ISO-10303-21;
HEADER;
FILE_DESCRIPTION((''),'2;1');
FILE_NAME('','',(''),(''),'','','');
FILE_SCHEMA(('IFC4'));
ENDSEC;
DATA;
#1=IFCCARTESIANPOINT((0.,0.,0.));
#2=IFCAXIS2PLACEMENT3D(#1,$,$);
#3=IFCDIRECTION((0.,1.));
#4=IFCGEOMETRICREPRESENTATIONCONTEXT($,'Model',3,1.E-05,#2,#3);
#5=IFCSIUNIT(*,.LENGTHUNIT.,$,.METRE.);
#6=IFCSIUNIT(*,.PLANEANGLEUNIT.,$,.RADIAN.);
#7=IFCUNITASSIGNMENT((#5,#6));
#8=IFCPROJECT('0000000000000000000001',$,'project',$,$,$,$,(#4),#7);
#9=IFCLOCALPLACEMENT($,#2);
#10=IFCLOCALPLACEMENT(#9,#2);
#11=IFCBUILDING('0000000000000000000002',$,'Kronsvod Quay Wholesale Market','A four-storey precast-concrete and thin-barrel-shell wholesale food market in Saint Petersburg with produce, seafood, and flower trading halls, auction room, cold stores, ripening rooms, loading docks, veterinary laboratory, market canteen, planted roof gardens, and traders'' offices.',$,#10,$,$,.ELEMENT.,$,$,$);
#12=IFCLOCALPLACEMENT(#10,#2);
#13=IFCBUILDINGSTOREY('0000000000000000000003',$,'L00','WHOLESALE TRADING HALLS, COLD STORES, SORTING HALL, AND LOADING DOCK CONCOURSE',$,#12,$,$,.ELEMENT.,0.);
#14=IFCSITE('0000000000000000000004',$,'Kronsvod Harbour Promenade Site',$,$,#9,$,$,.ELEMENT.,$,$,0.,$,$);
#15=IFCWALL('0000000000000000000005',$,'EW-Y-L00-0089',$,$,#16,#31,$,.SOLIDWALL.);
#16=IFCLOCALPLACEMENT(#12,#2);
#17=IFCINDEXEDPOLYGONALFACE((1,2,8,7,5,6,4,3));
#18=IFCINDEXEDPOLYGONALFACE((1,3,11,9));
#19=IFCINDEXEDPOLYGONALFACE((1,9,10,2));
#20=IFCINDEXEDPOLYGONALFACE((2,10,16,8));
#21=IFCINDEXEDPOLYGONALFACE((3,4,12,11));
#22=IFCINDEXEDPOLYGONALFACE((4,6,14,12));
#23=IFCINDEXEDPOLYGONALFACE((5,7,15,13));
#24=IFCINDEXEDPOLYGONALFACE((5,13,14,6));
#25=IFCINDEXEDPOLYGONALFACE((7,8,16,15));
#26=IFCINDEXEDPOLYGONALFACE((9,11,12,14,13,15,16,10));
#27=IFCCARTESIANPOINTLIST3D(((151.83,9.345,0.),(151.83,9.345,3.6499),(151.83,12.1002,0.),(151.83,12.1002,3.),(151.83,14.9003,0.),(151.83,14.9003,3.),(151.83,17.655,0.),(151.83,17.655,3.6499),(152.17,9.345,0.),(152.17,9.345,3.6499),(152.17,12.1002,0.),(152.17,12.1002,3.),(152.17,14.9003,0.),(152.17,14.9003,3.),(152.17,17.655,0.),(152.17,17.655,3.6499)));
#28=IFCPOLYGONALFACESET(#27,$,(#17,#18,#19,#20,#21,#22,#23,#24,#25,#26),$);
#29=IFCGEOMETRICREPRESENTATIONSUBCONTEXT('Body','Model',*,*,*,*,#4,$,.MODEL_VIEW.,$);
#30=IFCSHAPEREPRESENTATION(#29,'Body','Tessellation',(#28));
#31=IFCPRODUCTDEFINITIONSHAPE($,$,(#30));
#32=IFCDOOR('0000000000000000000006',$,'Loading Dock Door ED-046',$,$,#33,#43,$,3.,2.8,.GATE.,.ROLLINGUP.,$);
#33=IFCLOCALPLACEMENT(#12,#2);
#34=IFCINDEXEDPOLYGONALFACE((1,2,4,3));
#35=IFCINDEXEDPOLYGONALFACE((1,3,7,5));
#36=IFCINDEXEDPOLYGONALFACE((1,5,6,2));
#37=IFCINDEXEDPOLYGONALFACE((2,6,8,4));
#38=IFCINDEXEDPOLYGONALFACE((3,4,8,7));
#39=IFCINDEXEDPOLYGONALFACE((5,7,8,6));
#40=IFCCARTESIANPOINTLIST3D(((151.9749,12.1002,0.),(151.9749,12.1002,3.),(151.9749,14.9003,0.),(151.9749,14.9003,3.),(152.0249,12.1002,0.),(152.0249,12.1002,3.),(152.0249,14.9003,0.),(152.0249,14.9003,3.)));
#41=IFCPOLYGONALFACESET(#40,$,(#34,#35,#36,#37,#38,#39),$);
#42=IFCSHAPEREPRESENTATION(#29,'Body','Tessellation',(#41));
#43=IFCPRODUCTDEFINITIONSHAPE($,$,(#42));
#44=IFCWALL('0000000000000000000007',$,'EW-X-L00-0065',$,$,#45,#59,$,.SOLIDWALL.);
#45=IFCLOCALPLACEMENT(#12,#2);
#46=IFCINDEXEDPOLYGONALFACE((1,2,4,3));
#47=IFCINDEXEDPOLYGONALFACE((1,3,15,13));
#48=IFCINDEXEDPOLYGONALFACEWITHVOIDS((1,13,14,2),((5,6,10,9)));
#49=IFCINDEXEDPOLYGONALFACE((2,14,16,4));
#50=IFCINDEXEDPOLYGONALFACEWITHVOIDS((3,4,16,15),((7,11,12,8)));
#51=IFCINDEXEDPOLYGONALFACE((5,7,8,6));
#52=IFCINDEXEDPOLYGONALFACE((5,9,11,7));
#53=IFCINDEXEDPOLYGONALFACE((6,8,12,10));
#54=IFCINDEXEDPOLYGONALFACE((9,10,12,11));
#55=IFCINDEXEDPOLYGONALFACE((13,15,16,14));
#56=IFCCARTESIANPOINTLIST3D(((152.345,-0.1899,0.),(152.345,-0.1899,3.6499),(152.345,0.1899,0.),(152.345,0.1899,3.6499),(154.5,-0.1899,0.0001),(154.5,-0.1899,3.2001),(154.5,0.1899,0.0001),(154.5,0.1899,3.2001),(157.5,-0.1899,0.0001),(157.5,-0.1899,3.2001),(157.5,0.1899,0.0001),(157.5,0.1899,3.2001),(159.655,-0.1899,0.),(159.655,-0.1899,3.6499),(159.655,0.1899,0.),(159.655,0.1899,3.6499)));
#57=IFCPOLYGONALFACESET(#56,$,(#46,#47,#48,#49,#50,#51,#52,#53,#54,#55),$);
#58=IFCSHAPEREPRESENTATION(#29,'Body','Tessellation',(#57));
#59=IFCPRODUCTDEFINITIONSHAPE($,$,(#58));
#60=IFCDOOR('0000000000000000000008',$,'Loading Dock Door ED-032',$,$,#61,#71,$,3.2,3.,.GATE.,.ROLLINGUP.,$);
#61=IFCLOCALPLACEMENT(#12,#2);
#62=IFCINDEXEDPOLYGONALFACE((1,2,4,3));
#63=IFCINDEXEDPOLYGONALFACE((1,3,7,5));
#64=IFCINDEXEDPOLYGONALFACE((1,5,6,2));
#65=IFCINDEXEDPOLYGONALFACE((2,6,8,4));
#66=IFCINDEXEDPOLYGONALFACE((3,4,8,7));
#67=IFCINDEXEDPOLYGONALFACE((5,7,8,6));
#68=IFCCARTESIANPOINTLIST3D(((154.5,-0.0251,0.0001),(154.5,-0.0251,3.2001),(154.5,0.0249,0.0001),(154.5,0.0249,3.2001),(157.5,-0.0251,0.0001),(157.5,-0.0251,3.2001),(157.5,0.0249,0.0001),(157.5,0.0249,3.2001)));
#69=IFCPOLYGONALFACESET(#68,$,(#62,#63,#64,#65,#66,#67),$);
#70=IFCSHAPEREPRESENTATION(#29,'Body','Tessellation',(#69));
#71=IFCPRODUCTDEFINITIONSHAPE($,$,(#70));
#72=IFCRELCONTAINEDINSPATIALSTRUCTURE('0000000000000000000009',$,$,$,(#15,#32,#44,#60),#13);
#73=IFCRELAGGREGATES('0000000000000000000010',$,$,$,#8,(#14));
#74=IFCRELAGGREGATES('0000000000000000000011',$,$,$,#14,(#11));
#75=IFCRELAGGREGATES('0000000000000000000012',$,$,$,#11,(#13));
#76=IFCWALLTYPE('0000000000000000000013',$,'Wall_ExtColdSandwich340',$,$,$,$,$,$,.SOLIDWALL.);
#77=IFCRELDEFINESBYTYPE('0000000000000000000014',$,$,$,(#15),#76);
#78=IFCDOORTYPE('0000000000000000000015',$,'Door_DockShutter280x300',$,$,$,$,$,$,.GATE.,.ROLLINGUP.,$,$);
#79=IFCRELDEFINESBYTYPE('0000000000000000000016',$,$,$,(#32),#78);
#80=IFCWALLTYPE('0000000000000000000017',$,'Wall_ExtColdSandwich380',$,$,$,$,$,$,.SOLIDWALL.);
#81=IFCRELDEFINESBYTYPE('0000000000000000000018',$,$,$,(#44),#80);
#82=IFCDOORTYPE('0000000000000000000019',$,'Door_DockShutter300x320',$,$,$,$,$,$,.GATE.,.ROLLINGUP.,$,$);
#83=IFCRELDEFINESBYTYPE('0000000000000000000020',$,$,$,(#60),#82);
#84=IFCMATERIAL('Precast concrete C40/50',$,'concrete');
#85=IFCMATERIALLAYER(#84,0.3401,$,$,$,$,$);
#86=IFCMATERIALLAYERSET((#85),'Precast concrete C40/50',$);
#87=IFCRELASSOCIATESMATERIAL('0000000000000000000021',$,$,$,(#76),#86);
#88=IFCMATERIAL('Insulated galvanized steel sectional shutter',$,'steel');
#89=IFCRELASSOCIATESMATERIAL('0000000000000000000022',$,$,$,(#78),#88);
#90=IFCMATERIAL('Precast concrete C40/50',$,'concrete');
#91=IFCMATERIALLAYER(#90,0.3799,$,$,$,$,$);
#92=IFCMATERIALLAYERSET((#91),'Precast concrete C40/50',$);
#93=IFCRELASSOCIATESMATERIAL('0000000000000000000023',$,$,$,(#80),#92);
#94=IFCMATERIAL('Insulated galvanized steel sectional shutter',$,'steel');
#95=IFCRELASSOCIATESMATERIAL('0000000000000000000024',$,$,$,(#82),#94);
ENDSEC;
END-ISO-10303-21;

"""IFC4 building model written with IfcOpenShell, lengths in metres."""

from ifc_helpers import new_model, si_unit, direction, frame, frame_2d, origin, place, context, subcontext, project, spatial, rectangle, extrude, material, layer, layer_set, type_object, element, fill, save


model = new_model("IFC4")

# Units and contexts
model_context = context("Model", 3, precision=1e-05, world=origin(), true_north=direction((0.0, 1.0)))
body_context = subcontext(model_context, "Body", "Model", "MODEL_VIEW")
ifc_project = project(units=[si_unit("LENGTHUNIT", "METRE"), si_unit("PLANEANGLEUNIT", "RADIAN")], contexts=[model_context])

# Site, building, storey
site_placement = place(None, origin())
site = spatial("IfcSite", under=ifc_project, at=site_placement, Name="Kronsvod Harbour Promenade Site", CompositionType="ELEMENT", RefElevation=0.0)
building_placement = place(site_placement, origin())
building = spatial("IfcBuilding", under=site, at=building_placement, Name="Kronsvod Quay Wholesale Market", Description="A four-storey precast-concrete and thin-barrel-shell wholesale food market in Saint Petersburg with produce, seafood, and flower trading halls, auction room, cold stores, ripening rooms, loading docks, veterinary laboratory, market canteen, planted roof gardens, and traders' offices.", CompositionType="ELEMENT")
storey_placement = place(building_placement, origin())
storey = spatial("IfcBuildingStorey", under=building, at=storey_placement, Name="L00", Description="WHOLESALE TRADING HALLS, COLD STORES, SORTING HALL, AND LOADING DOCK CONCOURSE", CompositionType="ELEMENT", Elevation=0.0)

# Walls, openings, doors
ifc_material_1 = material(Name="Precast concrete C40/50", Category="concrete")
ifc_layer_1 = layer(ifc_material_1, 0.3401)
ifc_layer_set_1 = layer_set([ifc_layer_1], Name="Precast concrete C40/50")
wall_type_1 = type_object("IfcWallType", Name="Wall_ExtColdSandwich340", PredefinedType="SOLIDWALL", material=ifc_layer_set_1)
ifc_material_2 = material(Name="Insulated galvanized steel sectional shutter", Category="steel")
door_type_1 = type_object("IfcDoorType", Name="Door_DockShutter280x300", OperationType="ROLLINGUP", PredefinedType="GATE", material=ifc_material_2)
wall_1_placement = place(storey_placement, frame((152.0, 17.655, 0.0), z_axis=(0.0, 0.0, 1.0), x_axis=(0.0, -1.0, 0.0)))
wall_1 = element("IfcWall", 1, at=wall_1_placement, inside=storey, type_object=wall_type_1, Name="EW-Y-L00-0089", PredefinedType="SOLIDWALL", context=body_context, shape_type="SweptSolid", body=[
    extrude(rectangle(XDim=8.3101, YDim=0.3401, at=frame_2d((4.155, 0.0))), origin(), (0.0, 0.0, 1.0), 3.6499),
])
opening_1_placement = place(wall_1_placement, frame((2.7549, 0.0, 0.0)))
opening_1 = element("IfcOpeningElement", 2, at=opening_1_placement, cuts=wall_1, PredefinedType="OPENING", context=body_context, shape_type="SweptSolid", body=[
    extrude(rectangle(XDim=2.8, YDim=3.0, at=frame_2d((1.3999, 1.5))), frame((0.0, 0.1802, 0.0), z_axis=(0.0, -1.0, 0.0), x_axis=(1.0, 0.0, 0.0)), (0.0, 0.0, 1.0), 0.3601),
])
door_1_placement = place(opening_1_placement, origin())
door_1 = element("IfcDoor", 3, at=door_1_placement, inside=storey, type_object=door_type_1, Name="Loading Dock Door ED-046", OperationType="ROLLINGUP", OverallHeight=3.0, OverallWidth=2.8, PredefinedType="GATE", context=body_context, shape_type="SweptSolid", body=[
    extrude(rectangle(XDim=2.8, YDim=3.0, at=frame_2d((1.3999, 1.5))), frame((0.0, 0.0249, 0.0), z_axis=(0.0, -1.0, 0.0), x_axis=(1.0, 0.0, 0.0)), (0.0, 0.0, 1.0), 0.05),
])
fill(opening_1, door_1)
ifc_material_3 = material(Name="Precast concrete C40/50", Category="concrete")
ifc_layer_2 = layer(ifc_material_3, 0.3799)
ifc_layer_set_2 = layer_set([ifc_layer_2], Name="Precast concrete C40/50")
wall_type_2 = type_object("IfcWallType", Name="Wall_ExtColdSandwich380", PredefinedType="SOLIDWALL", material=ifc_layer_set_2)
wall_2_placement = place(storey_placement, frame((152.345, 0.0, 0.0), z_axis=(0.0, 0.0, 1.0), x_axis=(1.0, 0.0, 0.0)))
wall_2 = element("IfcWall", 4, at=wall_2_placement, inside=storey, type_object=wall_type_2, Name="EW-X-L00-0065", PredefinedType="SOLIDWALL", context=body_context, shape_type="SweptSolid", body=[
    extrude(rectangle(XDim=7.3101, YDim=0.3799, at=frame_2d((3.655, 0.0))), origin(), (0.0, 0.0, 1.0), 3.6499),
])
opening_2_placement = place(wall_2_placement, frame((2.155, 0.0, 0.0)))
opening_2 = element("IfcOpeningElement", 5, at=opening_2_placement, cuts=wall_2, PredefinedType="OPENING", context=body_context, shape_type="SweptSolid", body=[
    extrude(rectangle(XDim=3.0, YDim=3.2, at=frame_2d((1.5, 1.6001))), frame((0.0, 0.2, 0.0), z_axis=(0.0, -1.0, 0.0), x_axis=(1.0, 0.0, 0.0)), (0.0, 0.0, 1.0), 0.3999),
])
ifc_material_4 = material(Name="Insulated galvanized steel sectional shutter", Category="steel")
door_type_2 = type_object("IfcDoorType", Name="Door_DockShutter300x320", OperationType="ROLLINGUP", PredefinedType="GATE", material=ifc_material_4)
door_2_placement = place(opening_2_placement, origin())
door_2 = element("IfcDoor", 6, at=door_2_placement, inside=storey, type_object=door_type_2, Name="Loading Dock Door ED-032", OperationType="ROLLINGUP", OverallHeight=3.2, OverallWidth=3.0, PredefinedType="GATE", context=body_context, shape_type="SweptSolid", body=[
    extrude(rectangle(XDim=3.0, YDim=3.2, at=frame_2d((1.5, 1.6001))), frame((0.0, 0.0249, 0.0), z_axis=(0.0, -1.0, 0.0), x_axis=(1.0, 0.0, 0.0)), (0.0, 0.0, 1.0), 0.05),
])
fill(opening_2, door_2)

save(model, "model.ifc")
